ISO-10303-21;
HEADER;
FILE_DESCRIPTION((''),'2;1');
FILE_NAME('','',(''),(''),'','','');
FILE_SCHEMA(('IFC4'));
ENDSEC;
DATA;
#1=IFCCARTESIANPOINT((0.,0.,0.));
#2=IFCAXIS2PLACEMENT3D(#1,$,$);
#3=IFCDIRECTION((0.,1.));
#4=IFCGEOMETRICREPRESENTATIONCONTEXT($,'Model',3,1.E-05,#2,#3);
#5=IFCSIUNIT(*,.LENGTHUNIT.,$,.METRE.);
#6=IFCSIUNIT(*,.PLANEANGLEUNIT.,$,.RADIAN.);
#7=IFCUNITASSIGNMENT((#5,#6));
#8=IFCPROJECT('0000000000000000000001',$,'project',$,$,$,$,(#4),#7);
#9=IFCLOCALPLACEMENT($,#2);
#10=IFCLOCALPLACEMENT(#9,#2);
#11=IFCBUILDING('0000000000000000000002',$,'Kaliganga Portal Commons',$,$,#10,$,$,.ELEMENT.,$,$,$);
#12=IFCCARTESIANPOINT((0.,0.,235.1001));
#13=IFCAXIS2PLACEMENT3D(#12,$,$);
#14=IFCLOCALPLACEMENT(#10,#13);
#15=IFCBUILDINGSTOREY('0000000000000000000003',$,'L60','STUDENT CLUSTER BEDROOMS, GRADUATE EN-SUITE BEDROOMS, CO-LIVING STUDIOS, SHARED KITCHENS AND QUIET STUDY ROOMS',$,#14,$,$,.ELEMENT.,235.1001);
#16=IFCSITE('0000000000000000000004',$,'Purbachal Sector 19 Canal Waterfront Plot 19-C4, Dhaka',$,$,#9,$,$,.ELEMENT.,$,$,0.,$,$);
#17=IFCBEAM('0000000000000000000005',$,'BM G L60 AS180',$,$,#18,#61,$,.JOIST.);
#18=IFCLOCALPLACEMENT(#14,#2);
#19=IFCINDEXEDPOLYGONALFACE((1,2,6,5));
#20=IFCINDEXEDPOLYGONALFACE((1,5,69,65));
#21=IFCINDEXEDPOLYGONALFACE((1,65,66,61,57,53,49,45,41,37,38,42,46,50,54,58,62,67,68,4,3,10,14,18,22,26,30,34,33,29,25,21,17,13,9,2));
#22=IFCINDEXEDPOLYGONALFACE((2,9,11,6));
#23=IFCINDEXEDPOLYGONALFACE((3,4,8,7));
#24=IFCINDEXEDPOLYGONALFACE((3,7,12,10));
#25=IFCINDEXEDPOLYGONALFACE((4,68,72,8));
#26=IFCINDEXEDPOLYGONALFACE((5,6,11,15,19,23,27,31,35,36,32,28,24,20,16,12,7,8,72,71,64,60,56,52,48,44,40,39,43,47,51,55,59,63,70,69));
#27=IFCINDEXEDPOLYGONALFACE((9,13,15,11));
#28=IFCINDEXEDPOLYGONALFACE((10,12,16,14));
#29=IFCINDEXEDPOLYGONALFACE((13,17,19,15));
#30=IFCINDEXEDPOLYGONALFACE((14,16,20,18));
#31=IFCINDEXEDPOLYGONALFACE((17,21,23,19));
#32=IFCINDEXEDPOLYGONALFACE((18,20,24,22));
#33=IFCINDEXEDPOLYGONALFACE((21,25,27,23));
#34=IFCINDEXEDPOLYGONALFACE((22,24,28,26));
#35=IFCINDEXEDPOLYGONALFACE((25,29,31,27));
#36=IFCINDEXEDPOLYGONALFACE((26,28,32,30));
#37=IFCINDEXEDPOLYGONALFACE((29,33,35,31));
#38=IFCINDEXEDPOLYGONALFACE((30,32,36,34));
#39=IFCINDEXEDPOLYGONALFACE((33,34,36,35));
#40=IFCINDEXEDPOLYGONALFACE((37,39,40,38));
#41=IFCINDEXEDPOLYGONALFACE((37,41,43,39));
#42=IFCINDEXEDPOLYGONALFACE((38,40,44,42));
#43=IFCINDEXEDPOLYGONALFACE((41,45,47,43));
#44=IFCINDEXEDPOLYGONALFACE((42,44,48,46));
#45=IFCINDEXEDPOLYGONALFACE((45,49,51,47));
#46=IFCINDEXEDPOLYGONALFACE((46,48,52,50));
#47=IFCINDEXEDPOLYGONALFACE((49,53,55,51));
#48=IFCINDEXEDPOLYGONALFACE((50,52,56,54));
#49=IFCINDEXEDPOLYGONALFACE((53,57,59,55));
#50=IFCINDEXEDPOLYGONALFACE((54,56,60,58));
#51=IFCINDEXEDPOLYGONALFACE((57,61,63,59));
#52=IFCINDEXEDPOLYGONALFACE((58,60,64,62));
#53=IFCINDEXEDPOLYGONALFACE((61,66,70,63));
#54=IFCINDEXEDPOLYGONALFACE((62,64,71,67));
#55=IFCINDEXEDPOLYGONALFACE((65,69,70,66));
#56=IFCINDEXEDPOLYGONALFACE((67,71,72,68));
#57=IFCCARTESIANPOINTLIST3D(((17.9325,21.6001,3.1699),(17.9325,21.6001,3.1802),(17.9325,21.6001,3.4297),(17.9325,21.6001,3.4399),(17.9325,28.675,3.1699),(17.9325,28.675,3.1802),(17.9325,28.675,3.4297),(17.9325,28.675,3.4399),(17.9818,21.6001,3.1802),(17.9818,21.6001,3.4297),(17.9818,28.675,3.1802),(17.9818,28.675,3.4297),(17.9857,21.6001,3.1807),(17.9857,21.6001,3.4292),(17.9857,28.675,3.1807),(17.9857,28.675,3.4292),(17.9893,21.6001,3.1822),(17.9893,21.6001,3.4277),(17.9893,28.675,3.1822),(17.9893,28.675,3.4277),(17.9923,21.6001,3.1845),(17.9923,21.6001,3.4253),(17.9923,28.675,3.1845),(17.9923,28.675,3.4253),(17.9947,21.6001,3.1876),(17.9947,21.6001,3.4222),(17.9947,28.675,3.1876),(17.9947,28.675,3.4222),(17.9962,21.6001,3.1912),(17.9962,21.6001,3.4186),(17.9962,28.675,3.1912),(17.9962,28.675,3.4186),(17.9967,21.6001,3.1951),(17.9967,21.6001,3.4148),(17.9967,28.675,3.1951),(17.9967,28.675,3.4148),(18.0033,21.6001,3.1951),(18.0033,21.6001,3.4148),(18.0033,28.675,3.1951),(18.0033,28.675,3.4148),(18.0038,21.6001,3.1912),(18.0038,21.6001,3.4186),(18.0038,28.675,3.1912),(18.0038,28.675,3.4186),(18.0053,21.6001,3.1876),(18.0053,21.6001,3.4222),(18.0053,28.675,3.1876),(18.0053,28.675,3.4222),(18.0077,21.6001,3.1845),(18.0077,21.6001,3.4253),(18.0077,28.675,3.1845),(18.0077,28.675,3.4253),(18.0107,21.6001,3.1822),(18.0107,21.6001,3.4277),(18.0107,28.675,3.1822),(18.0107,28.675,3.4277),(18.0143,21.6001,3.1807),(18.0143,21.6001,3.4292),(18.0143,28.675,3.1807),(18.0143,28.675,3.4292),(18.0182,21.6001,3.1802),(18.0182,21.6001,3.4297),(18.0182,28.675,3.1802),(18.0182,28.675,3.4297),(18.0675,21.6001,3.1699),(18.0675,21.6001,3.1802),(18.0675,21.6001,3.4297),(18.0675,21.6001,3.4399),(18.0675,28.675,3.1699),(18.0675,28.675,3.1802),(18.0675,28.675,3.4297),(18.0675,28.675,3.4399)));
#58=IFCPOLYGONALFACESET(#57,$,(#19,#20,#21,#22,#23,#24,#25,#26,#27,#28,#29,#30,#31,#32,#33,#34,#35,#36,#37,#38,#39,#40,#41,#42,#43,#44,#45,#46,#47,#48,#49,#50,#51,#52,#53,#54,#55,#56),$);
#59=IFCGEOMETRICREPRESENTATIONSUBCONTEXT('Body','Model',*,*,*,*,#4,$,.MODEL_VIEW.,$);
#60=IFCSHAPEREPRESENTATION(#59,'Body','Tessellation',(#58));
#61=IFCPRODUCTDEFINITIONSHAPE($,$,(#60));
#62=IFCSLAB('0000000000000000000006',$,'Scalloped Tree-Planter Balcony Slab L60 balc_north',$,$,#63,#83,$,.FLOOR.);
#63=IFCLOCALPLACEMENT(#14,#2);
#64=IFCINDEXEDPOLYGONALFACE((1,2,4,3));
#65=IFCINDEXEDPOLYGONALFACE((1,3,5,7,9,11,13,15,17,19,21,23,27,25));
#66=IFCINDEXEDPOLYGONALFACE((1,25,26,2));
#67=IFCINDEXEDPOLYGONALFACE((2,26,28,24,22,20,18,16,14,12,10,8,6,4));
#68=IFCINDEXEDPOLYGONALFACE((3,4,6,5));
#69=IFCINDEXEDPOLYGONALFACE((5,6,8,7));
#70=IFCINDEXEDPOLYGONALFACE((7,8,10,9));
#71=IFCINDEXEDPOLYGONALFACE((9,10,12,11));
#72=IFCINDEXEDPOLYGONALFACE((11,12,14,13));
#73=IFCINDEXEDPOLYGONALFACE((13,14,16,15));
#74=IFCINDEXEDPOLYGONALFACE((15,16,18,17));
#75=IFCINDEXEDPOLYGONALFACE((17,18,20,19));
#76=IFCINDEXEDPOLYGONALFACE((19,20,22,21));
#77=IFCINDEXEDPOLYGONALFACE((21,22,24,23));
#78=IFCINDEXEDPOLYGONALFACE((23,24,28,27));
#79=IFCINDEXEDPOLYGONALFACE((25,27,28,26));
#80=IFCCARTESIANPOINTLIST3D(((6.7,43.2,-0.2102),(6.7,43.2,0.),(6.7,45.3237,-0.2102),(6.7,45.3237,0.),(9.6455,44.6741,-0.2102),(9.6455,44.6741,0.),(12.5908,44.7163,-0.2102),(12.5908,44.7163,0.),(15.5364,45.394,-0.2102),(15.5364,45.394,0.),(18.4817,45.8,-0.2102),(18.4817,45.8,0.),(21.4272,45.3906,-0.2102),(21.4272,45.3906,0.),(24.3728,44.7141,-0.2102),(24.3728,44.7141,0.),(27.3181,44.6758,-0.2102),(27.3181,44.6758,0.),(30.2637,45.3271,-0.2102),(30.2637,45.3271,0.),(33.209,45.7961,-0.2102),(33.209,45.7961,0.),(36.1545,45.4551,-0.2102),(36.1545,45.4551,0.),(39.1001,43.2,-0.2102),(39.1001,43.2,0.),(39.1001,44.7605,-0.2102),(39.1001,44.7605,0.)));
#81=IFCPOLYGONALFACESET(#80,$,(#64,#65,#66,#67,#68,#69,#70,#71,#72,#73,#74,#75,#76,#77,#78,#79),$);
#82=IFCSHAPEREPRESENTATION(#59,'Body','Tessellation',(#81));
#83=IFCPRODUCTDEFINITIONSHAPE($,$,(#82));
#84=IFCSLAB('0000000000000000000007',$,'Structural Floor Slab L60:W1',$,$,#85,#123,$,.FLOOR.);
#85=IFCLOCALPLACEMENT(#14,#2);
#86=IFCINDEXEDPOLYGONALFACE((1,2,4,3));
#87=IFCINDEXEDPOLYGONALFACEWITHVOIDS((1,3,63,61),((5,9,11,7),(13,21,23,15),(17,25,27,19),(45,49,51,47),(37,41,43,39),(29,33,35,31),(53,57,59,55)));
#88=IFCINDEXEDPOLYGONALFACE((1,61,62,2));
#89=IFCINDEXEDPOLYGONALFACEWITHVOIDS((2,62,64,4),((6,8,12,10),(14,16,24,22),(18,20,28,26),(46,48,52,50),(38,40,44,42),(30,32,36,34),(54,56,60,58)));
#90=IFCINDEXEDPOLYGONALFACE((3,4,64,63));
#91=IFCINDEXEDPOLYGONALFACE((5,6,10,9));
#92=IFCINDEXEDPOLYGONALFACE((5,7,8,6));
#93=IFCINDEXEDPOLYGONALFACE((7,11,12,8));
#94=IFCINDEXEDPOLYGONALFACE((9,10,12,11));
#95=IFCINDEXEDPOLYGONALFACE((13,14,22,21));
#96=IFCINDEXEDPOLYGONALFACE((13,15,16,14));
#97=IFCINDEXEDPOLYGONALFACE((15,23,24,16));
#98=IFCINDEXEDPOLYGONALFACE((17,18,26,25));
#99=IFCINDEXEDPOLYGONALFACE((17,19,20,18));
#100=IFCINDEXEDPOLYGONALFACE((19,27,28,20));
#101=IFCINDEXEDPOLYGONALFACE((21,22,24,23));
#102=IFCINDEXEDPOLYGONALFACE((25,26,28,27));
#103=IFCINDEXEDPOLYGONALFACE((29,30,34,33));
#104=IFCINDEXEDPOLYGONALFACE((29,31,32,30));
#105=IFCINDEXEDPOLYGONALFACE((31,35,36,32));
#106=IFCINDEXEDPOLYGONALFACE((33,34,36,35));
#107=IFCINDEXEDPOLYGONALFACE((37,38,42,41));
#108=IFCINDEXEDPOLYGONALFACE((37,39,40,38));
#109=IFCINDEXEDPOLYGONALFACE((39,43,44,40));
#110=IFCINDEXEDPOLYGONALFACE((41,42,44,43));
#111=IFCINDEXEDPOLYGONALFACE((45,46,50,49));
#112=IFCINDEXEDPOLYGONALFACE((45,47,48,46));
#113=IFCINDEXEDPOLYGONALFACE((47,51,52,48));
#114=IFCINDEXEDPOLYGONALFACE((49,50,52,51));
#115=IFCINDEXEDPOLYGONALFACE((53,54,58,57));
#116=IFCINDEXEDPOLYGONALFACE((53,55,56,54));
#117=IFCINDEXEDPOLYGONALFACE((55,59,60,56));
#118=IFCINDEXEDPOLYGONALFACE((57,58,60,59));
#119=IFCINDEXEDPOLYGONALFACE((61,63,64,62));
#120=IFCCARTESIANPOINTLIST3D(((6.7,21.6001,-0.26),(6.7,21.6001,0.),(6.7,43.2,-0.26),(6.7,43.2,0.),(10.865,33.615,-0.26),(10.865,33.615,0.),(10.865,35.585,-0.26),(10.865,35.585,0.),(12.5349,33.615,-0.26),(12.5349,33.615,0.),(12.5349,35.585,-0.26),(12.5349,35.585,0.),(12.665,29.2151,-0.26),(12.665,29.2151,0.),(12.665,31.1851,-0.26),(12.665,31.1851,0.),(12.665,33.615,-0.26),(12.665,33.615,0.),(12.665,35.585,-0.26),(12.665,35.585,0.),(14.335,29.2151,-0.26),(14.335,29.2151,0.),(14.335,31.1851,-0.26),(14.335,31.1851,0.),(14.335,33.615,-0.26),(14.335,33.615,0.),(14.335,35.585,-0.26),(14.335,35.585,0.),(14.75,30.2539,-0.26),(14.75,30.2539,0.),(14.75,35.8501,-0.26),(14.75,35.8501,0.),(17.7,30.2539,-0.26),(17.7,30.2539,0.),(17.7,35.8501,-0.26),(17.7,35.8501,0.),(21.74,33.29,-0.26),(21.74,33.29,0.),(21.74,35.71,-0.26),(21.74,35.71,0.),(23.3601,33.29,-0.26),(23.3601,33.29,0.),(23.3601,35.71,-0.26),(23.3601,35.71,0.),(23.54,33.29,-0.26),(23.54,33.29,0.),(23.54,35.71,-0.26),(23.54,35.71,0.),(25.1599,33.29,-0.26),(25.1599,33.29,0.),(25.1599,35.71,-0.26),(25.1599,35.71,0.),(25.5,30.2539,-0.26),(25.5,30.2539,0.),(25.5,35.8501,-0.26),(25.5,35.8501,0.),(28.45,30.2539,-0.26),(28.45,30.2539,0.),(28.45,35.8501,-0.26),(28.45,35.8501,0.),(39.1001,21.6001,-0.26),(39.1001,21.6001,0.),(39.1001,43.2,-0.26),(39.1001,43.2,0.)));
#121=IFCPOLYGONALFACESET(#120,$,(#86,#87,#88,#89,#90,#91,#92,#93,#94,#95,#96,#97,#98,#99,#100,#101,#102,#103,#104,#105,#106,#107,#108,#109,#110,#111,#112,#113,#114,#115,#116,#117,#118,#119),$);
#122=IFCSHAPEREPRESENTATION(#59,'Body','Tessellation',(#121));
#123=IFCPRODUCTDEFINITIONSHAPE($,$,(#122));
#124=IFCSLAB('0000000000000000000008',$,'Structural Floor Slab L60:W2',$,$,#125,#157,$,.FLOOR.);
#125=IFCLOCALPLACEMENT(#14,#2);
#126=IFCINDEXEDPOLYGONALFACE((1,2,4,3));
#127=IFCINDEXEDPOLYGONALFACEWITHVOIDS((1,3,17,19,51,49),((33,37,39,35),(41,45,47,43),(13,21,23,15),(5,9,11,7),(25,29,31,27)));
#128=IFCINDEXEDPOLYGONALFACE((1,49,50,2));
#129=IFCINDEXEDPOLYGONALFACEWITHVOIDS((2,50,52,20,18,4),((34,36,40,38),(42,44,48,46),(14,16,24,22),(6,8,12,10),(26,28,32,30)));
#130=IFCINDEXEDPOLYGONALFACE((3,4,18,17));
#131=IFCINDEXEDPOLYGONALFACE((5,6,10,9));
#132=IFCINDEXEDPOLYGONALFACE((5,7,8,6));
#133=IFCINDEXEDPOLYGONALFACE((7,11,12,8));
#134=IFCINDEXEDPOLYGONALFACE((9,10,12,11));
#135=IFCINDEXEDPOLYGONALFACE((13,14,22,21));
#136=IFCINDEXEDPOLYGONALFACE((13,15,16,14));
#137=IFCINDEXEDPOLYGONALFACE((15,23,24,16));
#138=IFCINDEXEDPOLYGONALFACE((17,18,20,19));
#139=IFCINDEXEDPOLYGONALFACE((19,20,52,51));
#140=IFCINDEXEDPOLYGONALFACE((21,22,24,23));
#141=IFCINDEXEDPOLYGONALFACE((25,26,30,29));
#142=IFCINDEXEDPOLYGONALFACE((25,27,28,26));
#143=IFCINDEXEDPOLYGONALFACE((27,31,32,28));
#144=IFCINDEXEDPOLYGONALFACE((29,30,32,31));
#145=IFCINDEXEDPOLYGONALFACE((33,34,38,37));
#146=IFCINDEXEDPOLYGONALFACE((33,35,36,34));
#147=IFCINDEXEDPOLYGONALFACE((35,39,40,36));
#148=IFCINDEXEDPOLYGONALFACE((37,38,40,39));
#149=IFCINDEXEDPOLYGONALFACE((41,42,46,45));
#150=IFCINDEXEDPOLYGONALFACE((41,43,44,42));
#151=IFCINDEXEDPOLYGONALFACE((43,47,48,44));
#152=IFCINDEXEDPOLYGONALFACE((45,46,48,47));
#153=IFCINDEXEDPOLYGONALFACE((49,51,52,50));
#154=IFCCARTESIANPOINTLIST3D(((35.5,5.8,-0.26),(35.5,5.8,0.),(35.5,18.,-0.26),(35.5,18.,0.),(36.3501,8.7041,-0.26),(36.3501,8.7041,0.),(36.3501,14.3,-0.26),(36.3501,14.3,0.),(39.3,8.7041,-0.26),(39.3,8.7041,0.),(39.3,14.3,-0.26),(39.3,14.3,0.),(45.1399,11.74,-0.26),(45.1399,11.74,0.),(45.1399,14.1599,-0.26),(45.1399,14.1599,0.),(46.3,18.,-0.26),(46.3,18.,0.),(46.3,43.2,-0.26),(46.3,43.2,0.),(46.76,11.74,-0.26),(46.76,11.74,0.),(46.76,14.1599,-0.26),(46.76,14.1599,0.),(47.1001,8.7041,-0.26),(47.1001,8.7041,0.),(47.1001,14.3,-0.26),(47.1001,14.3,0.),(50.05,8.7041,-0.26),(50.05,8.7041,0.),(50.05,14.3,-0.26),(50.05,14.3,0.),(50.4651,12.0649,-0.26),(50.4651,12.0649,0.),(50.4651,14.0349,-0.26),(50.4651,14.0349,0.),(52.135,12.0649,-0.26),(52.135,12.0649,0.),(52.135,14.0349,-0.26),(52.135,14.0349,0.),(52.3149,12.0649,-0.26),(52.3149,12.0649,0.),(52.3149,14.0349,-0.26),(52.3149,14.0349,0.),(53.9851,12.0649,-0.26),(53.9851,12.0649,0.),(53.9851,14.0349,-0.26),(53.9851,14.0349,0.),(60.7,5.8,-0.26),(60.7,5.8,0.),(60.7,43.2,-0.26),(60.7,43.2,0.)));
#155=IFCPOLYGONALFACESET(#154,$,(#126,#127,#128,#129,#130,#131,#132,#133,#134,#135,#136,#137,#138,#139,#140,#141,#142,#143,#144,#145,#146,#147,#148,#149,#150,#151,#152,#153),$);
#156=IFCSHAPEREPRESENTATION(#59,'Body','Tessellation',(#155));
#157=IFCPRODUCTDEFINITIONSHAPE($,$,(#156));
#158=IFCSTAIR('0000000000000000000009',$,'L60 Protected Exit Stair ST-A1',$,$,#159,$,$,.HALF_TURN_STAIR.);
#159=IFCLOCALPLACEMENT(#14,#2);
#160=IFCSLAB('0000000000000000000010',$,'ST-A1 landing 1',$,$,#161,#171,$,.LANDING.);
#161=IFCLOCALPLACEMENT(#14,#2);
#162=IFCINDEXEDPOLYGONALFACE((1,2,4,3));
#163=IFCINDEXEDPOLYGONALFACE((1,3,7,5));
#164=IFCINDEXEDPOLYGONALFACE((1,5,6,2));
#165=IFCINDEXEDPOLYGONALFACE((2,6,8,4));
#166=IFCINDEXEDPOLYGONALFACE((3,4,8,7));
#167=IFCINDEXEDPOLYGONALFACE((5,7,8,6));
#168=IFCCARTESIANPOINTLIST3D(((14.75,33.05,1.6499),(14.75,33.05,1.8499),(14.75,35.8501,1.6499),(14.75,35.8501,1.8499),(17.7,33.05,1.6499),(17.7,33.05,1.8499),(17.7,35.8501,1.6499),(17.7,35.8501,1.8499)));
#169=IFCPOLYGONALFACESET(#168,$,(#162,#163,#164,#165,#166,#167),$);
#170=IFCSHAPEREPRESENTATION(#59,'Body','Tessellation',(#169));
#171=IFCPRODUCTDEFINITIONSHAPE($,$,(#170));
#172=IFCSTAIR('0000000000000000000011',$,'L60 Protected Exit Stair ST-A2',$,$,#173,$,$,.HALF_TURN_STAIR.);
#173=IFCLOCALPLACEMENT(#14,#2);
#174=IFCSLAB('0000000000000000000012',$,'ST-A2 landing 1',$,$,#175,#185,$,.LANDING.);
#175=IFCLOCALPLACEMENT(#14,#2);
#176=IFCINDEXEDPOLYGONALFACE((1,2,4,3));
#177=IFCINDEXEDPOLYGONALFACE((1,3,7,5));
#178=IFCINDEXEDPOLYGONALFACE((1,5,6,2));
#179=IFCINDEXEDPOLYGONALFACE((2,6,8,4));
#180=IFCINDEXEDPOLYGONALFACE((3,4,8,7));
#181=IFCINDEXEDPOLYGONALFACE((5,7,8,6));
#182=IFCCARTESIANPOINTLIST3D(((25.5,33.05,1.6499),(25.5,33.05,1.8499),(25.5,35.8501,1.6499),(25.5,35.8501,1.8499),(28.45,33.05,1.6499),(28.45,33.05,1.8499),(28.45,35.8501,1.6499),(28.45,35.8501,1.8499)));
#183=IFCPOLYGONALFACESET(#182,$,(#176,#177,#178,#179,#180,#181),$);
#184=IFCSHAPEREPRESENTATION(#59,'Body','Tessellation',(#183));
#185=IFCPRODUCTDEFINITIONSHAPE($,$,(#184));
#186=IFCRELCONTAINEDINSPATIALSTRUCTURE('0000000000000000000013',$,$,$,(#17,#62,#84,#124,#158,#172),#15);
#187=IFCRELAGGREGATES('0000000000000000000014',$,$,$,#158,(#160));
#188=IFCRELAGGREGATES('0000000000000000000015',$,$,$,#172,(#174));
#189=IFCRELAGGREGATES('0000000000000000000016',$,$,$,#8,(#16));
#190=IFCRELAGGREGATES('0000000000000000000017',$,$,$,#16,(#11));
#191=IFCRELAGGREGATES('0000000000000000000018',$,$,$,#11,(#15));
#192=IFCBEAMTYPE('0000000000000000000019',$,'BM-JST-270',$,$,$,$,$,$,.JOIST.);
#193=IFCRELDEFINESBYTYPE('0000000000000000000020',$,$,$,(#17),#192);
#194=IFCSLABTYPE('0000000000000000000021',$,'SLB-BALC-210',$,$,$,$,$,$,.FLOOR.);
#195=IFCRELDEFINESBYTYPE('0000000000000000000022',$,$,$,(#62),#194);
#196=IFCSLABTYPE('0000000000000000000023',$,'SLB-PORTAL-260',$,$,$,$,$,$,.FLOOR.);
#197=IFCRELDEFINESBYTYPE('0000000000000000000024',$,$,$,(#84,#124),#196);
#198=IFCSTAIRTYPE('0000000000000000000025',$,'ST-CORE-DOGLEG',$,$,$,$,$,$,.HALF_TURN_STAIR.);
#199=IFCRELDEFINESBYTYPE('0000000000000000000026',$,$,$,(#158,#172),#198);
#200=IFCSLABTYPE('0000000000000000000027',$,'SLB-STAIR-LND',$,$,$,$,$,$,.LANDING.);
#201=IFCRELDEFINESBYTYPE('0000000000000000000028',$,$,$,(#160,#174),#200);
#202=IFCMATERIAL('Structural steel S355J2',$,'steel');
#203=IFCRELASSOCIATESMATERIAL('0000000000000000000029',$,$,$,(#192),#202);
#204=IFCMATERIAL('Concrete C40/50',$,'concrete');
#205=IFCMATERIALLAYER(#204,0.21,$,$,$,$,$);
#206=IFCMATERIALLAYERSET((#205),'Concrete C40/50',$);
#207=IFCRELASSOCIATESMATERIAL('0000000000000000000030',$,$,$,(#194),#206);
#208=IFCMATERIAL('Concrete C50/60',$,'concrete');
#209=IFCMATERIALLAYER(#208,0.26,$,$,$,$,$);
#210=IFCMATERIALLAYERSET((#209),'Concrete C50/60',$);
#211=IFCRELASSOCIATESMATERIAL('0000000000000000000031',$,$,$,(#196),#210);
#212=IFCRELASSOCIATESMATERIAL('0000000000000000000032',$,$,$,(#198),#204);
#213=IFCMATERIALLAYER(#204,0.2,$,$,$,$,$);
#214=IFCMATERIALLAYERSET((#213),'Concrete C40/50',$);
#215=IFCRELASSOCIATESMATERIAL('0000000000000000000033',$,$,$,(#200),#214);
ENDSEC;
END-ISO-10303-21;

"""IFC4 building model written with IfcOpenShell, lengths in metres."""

from ifc_helpers import new_model, si_unit, direction, frame, origin, origin_2d, place, context, subcontext, project, spatial, polyline, i_section, outline, extrude, source, transform, mapped, material, layer, layer_set, material_profile, profile_set, type_object, element, aggregate, save


model = new_model("IFC4")

# Units and contexts
model_context = context("Model", 3, precision=1e-05, world=origin(), true_north=direction((0.0, 1.0)))
body_context = subcontext(model_context, "Body", "Model", "MODEL_VIEW")
ifc_project = project(units=[si_unit("LENGTHUNIT", "METRE"), si_unit("PLANEANGLEUNIT", "RADIAN")], contexts=[model_context])

# Site, building, storey
site_placement = place(None, origin())
site = spatial("IfcSite", under=ifc_project, at=site_placement, Name="Purbachal Sector 19 Canal Waterfront Plot 19-C4, Dhaka", CompositionType="ELEMENT", RefElevation=0.0)
building_placement = place(site_placement, origin())
building = spatial("IfcBuilding", under=site, at=building_placement, Name="Kaliganga Portal Commons", CompositionType="ELEMENT")
storey_placement = place(building_placement, frame((0.0, 0.0, 235.1001)))
storey = spatial("IfcBuildingStorey", under=building, at=storey_placement, Name="L60", Description="STUDENT CLUSTER BEDROOMS, GRADUATE EN-SUITE BEDROOMS, CO-LIVING STUDIOS, SHARED KITCHENS AND QUIET STUDY ROOMS", CompositionType="ELEMENT", Elevation=235.1001)

# Shared definitions
ifc_material_1 = material(Name="Concrete C50/60", Category="concrete")
ifc_material_2 = material(Name="Structural steel S355J2", Category="steel")

# Beam
ifc_material_profile_1 = material_profile(ifc_material_2, i_section(OverallWidth=0.135, OverallDepth=0.27, WebThickness=0.0066, FlangeThickness=0.0103, FilletRadius=0.0149, at=origin_2d()), Name="IPE 270")
ifc_profile_set_1 = profile_set([ifc_material_profile_1], Name="Structural steel S355J2 wide-flange")
beam_type_1 = type_object("IfcBeamType", Name="BM-JST-270", PredefinedType="JOIST", material=ifc_profile_set_1)
shared_shape_1 = source(origin(), body_context, "Body", "SweptSolid", [
    extrude(i_section(OverallWidth=0.135, OverallDepth=0.27, WebThickness=0.0066, FlangeThickness=0.0103, FilletRadius=0.0149, at=origin_2d()), origin(), (0.0, 0.0, 1.0), 7.075),
])
beam_1_placement = place(storey_placement, frame((18.0, 21.6001, 3.3049), z_axis=(0.0, 1.0, 0.0), x_axis=(-1.0, 0.0, 0.0)))
element("IfcBeam", 1, at=beam_1_placement, inside=storey, type_object=beam_type_1, Name="BM G L60 AS180", PredefinedType="JOIST", context=body_context, shape_type="MappedRepresentation", body=[
    mapped(shared_shape_1, transform((0.0, 0.0, 0.0), x_axis=(1.0, 0.0, 0.0), y_axis=(0.0, 1.0, 0.0), z_axis=(0.0, 0.0, 1.0), scale=1.0)),
])

# Slabs
ifc_material_3 = material(Name="Concrete C40/50", Category="concrete")
ifc_layer_1 = layer(ifc_material_3, 0.21)
ifc_layer_set_1 = layer_set([ifc_layer_1], Name="Concrete C40/50")
slab_type_1 = type_object("IfcSlabType", Name="SLB-BALC-210", PredefinedType="FLOOR", material=ifc_layer_set_1)
slab_1_placement = place(storey_placement, frame((0.0, 0.0, -0.2102)))
element("IfcSlab", 2, at=slab_1_placement, inside=storey, type_object=slab_type_1, Name="Scalloped Tree-Planter Balcony Slab L60 balc_north", PredefinedType="FLOOR", context=body_context, shape_type="SweptSolid", body=[
    extrude(outline(polyline([(39.1001, 43.2), (39.1001, 44.7605), (36.1545, 45.4551), (33.209, 45.7961), (30.2637, 45.3271), (27.3181, 44.6758), (24.3728, 44.7141), (21.4272, 45.3906), (18.4817, 45.8), (15.5364, 45.394), (12.5908, 44.7163), (9.6455, 44.6741), (6.7, 45.3237), (6.7, 43.2), (39.1001, 43.2)])), origin(), (0.0, 0.0, 1.0), 0.2102),
])
ifc_layer_2 = layer(ifc_material_1, 0.26)
ifc_layer_set_2 = layer_set([ifc_layer_2], Name="Concrete C50/60")
slab_type_2 = type_object("IfcSlabType", Name="SLB-PORTAL-260", PredefinedType="FLOOR", material=ifc_layer_set_2)
slab_2_placement = place(storey_placement, frame((0.0, 0.0, -0.26)))
element("IfcSlab", 3, at=slab_2_placement, inside=storey, type_object=slab_type_2, Name="Structural Floor Slab L60:W1", PredefinedType="FLOOR", context=body_context, shape_type="SweptSolid", body=[
    extrude(outline(polyline([(6.7, 21.6001), (39.1001, 21.6001), (39.1001, 43.2), (6.7, 43.2), (6.7, 21.6001)]), holes=[polyline([(14.75, 30.2539), (14.75, 35.8501), (17.7, 35.8501), (17.7, 30.2539), (14.75, 30.2539)]), polyline([(25.5, 30.2539), (25.5, 35.8501), (28.45, 35.8501), (28.45, 30.2539), (25.5, 30.2539)]), polyline([(12.665, 33.615), (12.665, 35.585), (14.335, 35.585), (14.335, 33.615), (12.665, 33.615)]), polyline([(12.665, 29.2151), (12.665, 31.1851), (14.335, 31.1851), (14.335, 29.2151), (12.665, 29.2151)]), polyline([(10.865, 33.615), (10.865, 35.585), (12.5349, 35.585), (12.5349, 33.615), (10.865, 33.615)]), polyline([(21.74, 33.29), (21.74, 35.71), (23.3601, 35.71), (23.3601, 33.29), (21.74, 33.29)]), polyline([(23.54, 33.29), (23.54, 35.71), (25.1599, 35.71), (25.1599, 33.29), (23.54, 33.29)])]), origin(), (0.0, 0.0, 1.0), 0.26),
])
slab_3_placement = place(storey_placement, frame((0.0, 0.0, -0.26)))
element("IfcSlab", 4, at=slab_3_placement, inside=storey, type_object=slab_type_2, Name="Structural Floor Slab L60:W2", PredefinedType="FLOOR", context=body_context, shape_type="SweptSolid", body=[
    extrude(outline(polyline([(35.5, 5.8), (60.7, 5.8), (60.7, 43.2), (46.3, 43.2), (46.3, 18.0), (35.5, 18.0), (35.5, 5.8)]), holes=[polyline([(36.3501, 8.7041), (36.3501, 14.3), (39.3, 14.3), (39.3, 8.7041), (36.3501, 8.7041)]), polyline([(47.1001, 8.7041), (47.1001, 14.3), (50.05, 14.3), (50.05, 8.7041), (47.1001, 8.7041)]), polyline([(50.4651, 12.0649), (50.4651, 14.0349), (52.135, 14.0349), (52.135, 12.0649), (50.4651, 12.0649)]), polyline([(52.3149, 12.0649), (52.3149, 14.0349), (53.9851, 14.0349), (53.9851, 12.0649), (52.3149, 12.0649)]), polyline([(45.1399, 11.74), (45.1399, 14.1599), (46.76, 14.1599), (46.76, 11.74), (45.1399, 11.74)])]), origin(), (0.0, 0.0, 1.0), 0.26),
])

# Stairs, slabs
stair_type = type_object("IfcStairType", Name="ST-CORE-DOGLEG", PredefinedType="HALF_TURN_STAIR", material=ifc_material_3)
stair_1_placement = place(storey_placement, origin())
stair_1 = element("IfcStair", 5, at=stair_1_placement, inside=storey, type_object=stair_type, Name="L60 Protected Exit Stair ST-A1", PredefinedType="HALF_TURN_STAIR")
ifc_layer_3 = layer(ifc_material_3, 0.2)
ifc_layer_set_3 = layer_set([ifc_layer_3], Name="Concrete C40/50")
slab_type_3 = type_object("IfcSlabType", Name="SLB-STAIR-LND", PredefinedType="LANDING", material=ifc_layer_set_3)
slab_4_placement = place(storey_placement, frame((0.0, 0.0, 1.6499)))
slab_4 = element("IfcSlab", 6, at=slab_4_placement, type_object=slab_type_3, Name="ST-A1 landing 1", PredefinedType="LANDING", context=body_context, shape_type="SweptSolid", body=[
    extrude(outline(polyline([(17.7, 33.05), (17.7, 35.8501), (14.75, 35.8501), (14.75, 33.05), (17.7, 33.05)])), origin(), (0.0, 0.0, 1.0), 0.2),
])
aggregate(stair_1, [slab_4])
stair_2_placement = place(storey_placement, origin())
stair_2 = element("IfcStair", 7, at=stair_2_placement, inside=storey, type_object=stair_type, Name="L60 Protected Exit Stair ST-A2", PredefinedType="HALF_TURN_STAIR")
slab_5_placement = place(storey_placement, frame((0.0, 0.0, 1.6499)))
slab_5 = element("IfcSlab", 8, at=slab_5_placement, type_object=slab_type_3, Name="ST-A2 landing 1", PredefinedType="LANDING", context=body_context, shape_type="SweptSolid", body=[
    extrude(outline(polyline([(28.45, 33.05), (28.45, 35.8501), (25.5, 35.8501), (25.5, 33.05), (28.45, 33.05)])), origin(), (0.0, 0.0, 1.0), 0.2),
])
aggregate(stair_2, [slab_5])

save(model, "model.ifc")
